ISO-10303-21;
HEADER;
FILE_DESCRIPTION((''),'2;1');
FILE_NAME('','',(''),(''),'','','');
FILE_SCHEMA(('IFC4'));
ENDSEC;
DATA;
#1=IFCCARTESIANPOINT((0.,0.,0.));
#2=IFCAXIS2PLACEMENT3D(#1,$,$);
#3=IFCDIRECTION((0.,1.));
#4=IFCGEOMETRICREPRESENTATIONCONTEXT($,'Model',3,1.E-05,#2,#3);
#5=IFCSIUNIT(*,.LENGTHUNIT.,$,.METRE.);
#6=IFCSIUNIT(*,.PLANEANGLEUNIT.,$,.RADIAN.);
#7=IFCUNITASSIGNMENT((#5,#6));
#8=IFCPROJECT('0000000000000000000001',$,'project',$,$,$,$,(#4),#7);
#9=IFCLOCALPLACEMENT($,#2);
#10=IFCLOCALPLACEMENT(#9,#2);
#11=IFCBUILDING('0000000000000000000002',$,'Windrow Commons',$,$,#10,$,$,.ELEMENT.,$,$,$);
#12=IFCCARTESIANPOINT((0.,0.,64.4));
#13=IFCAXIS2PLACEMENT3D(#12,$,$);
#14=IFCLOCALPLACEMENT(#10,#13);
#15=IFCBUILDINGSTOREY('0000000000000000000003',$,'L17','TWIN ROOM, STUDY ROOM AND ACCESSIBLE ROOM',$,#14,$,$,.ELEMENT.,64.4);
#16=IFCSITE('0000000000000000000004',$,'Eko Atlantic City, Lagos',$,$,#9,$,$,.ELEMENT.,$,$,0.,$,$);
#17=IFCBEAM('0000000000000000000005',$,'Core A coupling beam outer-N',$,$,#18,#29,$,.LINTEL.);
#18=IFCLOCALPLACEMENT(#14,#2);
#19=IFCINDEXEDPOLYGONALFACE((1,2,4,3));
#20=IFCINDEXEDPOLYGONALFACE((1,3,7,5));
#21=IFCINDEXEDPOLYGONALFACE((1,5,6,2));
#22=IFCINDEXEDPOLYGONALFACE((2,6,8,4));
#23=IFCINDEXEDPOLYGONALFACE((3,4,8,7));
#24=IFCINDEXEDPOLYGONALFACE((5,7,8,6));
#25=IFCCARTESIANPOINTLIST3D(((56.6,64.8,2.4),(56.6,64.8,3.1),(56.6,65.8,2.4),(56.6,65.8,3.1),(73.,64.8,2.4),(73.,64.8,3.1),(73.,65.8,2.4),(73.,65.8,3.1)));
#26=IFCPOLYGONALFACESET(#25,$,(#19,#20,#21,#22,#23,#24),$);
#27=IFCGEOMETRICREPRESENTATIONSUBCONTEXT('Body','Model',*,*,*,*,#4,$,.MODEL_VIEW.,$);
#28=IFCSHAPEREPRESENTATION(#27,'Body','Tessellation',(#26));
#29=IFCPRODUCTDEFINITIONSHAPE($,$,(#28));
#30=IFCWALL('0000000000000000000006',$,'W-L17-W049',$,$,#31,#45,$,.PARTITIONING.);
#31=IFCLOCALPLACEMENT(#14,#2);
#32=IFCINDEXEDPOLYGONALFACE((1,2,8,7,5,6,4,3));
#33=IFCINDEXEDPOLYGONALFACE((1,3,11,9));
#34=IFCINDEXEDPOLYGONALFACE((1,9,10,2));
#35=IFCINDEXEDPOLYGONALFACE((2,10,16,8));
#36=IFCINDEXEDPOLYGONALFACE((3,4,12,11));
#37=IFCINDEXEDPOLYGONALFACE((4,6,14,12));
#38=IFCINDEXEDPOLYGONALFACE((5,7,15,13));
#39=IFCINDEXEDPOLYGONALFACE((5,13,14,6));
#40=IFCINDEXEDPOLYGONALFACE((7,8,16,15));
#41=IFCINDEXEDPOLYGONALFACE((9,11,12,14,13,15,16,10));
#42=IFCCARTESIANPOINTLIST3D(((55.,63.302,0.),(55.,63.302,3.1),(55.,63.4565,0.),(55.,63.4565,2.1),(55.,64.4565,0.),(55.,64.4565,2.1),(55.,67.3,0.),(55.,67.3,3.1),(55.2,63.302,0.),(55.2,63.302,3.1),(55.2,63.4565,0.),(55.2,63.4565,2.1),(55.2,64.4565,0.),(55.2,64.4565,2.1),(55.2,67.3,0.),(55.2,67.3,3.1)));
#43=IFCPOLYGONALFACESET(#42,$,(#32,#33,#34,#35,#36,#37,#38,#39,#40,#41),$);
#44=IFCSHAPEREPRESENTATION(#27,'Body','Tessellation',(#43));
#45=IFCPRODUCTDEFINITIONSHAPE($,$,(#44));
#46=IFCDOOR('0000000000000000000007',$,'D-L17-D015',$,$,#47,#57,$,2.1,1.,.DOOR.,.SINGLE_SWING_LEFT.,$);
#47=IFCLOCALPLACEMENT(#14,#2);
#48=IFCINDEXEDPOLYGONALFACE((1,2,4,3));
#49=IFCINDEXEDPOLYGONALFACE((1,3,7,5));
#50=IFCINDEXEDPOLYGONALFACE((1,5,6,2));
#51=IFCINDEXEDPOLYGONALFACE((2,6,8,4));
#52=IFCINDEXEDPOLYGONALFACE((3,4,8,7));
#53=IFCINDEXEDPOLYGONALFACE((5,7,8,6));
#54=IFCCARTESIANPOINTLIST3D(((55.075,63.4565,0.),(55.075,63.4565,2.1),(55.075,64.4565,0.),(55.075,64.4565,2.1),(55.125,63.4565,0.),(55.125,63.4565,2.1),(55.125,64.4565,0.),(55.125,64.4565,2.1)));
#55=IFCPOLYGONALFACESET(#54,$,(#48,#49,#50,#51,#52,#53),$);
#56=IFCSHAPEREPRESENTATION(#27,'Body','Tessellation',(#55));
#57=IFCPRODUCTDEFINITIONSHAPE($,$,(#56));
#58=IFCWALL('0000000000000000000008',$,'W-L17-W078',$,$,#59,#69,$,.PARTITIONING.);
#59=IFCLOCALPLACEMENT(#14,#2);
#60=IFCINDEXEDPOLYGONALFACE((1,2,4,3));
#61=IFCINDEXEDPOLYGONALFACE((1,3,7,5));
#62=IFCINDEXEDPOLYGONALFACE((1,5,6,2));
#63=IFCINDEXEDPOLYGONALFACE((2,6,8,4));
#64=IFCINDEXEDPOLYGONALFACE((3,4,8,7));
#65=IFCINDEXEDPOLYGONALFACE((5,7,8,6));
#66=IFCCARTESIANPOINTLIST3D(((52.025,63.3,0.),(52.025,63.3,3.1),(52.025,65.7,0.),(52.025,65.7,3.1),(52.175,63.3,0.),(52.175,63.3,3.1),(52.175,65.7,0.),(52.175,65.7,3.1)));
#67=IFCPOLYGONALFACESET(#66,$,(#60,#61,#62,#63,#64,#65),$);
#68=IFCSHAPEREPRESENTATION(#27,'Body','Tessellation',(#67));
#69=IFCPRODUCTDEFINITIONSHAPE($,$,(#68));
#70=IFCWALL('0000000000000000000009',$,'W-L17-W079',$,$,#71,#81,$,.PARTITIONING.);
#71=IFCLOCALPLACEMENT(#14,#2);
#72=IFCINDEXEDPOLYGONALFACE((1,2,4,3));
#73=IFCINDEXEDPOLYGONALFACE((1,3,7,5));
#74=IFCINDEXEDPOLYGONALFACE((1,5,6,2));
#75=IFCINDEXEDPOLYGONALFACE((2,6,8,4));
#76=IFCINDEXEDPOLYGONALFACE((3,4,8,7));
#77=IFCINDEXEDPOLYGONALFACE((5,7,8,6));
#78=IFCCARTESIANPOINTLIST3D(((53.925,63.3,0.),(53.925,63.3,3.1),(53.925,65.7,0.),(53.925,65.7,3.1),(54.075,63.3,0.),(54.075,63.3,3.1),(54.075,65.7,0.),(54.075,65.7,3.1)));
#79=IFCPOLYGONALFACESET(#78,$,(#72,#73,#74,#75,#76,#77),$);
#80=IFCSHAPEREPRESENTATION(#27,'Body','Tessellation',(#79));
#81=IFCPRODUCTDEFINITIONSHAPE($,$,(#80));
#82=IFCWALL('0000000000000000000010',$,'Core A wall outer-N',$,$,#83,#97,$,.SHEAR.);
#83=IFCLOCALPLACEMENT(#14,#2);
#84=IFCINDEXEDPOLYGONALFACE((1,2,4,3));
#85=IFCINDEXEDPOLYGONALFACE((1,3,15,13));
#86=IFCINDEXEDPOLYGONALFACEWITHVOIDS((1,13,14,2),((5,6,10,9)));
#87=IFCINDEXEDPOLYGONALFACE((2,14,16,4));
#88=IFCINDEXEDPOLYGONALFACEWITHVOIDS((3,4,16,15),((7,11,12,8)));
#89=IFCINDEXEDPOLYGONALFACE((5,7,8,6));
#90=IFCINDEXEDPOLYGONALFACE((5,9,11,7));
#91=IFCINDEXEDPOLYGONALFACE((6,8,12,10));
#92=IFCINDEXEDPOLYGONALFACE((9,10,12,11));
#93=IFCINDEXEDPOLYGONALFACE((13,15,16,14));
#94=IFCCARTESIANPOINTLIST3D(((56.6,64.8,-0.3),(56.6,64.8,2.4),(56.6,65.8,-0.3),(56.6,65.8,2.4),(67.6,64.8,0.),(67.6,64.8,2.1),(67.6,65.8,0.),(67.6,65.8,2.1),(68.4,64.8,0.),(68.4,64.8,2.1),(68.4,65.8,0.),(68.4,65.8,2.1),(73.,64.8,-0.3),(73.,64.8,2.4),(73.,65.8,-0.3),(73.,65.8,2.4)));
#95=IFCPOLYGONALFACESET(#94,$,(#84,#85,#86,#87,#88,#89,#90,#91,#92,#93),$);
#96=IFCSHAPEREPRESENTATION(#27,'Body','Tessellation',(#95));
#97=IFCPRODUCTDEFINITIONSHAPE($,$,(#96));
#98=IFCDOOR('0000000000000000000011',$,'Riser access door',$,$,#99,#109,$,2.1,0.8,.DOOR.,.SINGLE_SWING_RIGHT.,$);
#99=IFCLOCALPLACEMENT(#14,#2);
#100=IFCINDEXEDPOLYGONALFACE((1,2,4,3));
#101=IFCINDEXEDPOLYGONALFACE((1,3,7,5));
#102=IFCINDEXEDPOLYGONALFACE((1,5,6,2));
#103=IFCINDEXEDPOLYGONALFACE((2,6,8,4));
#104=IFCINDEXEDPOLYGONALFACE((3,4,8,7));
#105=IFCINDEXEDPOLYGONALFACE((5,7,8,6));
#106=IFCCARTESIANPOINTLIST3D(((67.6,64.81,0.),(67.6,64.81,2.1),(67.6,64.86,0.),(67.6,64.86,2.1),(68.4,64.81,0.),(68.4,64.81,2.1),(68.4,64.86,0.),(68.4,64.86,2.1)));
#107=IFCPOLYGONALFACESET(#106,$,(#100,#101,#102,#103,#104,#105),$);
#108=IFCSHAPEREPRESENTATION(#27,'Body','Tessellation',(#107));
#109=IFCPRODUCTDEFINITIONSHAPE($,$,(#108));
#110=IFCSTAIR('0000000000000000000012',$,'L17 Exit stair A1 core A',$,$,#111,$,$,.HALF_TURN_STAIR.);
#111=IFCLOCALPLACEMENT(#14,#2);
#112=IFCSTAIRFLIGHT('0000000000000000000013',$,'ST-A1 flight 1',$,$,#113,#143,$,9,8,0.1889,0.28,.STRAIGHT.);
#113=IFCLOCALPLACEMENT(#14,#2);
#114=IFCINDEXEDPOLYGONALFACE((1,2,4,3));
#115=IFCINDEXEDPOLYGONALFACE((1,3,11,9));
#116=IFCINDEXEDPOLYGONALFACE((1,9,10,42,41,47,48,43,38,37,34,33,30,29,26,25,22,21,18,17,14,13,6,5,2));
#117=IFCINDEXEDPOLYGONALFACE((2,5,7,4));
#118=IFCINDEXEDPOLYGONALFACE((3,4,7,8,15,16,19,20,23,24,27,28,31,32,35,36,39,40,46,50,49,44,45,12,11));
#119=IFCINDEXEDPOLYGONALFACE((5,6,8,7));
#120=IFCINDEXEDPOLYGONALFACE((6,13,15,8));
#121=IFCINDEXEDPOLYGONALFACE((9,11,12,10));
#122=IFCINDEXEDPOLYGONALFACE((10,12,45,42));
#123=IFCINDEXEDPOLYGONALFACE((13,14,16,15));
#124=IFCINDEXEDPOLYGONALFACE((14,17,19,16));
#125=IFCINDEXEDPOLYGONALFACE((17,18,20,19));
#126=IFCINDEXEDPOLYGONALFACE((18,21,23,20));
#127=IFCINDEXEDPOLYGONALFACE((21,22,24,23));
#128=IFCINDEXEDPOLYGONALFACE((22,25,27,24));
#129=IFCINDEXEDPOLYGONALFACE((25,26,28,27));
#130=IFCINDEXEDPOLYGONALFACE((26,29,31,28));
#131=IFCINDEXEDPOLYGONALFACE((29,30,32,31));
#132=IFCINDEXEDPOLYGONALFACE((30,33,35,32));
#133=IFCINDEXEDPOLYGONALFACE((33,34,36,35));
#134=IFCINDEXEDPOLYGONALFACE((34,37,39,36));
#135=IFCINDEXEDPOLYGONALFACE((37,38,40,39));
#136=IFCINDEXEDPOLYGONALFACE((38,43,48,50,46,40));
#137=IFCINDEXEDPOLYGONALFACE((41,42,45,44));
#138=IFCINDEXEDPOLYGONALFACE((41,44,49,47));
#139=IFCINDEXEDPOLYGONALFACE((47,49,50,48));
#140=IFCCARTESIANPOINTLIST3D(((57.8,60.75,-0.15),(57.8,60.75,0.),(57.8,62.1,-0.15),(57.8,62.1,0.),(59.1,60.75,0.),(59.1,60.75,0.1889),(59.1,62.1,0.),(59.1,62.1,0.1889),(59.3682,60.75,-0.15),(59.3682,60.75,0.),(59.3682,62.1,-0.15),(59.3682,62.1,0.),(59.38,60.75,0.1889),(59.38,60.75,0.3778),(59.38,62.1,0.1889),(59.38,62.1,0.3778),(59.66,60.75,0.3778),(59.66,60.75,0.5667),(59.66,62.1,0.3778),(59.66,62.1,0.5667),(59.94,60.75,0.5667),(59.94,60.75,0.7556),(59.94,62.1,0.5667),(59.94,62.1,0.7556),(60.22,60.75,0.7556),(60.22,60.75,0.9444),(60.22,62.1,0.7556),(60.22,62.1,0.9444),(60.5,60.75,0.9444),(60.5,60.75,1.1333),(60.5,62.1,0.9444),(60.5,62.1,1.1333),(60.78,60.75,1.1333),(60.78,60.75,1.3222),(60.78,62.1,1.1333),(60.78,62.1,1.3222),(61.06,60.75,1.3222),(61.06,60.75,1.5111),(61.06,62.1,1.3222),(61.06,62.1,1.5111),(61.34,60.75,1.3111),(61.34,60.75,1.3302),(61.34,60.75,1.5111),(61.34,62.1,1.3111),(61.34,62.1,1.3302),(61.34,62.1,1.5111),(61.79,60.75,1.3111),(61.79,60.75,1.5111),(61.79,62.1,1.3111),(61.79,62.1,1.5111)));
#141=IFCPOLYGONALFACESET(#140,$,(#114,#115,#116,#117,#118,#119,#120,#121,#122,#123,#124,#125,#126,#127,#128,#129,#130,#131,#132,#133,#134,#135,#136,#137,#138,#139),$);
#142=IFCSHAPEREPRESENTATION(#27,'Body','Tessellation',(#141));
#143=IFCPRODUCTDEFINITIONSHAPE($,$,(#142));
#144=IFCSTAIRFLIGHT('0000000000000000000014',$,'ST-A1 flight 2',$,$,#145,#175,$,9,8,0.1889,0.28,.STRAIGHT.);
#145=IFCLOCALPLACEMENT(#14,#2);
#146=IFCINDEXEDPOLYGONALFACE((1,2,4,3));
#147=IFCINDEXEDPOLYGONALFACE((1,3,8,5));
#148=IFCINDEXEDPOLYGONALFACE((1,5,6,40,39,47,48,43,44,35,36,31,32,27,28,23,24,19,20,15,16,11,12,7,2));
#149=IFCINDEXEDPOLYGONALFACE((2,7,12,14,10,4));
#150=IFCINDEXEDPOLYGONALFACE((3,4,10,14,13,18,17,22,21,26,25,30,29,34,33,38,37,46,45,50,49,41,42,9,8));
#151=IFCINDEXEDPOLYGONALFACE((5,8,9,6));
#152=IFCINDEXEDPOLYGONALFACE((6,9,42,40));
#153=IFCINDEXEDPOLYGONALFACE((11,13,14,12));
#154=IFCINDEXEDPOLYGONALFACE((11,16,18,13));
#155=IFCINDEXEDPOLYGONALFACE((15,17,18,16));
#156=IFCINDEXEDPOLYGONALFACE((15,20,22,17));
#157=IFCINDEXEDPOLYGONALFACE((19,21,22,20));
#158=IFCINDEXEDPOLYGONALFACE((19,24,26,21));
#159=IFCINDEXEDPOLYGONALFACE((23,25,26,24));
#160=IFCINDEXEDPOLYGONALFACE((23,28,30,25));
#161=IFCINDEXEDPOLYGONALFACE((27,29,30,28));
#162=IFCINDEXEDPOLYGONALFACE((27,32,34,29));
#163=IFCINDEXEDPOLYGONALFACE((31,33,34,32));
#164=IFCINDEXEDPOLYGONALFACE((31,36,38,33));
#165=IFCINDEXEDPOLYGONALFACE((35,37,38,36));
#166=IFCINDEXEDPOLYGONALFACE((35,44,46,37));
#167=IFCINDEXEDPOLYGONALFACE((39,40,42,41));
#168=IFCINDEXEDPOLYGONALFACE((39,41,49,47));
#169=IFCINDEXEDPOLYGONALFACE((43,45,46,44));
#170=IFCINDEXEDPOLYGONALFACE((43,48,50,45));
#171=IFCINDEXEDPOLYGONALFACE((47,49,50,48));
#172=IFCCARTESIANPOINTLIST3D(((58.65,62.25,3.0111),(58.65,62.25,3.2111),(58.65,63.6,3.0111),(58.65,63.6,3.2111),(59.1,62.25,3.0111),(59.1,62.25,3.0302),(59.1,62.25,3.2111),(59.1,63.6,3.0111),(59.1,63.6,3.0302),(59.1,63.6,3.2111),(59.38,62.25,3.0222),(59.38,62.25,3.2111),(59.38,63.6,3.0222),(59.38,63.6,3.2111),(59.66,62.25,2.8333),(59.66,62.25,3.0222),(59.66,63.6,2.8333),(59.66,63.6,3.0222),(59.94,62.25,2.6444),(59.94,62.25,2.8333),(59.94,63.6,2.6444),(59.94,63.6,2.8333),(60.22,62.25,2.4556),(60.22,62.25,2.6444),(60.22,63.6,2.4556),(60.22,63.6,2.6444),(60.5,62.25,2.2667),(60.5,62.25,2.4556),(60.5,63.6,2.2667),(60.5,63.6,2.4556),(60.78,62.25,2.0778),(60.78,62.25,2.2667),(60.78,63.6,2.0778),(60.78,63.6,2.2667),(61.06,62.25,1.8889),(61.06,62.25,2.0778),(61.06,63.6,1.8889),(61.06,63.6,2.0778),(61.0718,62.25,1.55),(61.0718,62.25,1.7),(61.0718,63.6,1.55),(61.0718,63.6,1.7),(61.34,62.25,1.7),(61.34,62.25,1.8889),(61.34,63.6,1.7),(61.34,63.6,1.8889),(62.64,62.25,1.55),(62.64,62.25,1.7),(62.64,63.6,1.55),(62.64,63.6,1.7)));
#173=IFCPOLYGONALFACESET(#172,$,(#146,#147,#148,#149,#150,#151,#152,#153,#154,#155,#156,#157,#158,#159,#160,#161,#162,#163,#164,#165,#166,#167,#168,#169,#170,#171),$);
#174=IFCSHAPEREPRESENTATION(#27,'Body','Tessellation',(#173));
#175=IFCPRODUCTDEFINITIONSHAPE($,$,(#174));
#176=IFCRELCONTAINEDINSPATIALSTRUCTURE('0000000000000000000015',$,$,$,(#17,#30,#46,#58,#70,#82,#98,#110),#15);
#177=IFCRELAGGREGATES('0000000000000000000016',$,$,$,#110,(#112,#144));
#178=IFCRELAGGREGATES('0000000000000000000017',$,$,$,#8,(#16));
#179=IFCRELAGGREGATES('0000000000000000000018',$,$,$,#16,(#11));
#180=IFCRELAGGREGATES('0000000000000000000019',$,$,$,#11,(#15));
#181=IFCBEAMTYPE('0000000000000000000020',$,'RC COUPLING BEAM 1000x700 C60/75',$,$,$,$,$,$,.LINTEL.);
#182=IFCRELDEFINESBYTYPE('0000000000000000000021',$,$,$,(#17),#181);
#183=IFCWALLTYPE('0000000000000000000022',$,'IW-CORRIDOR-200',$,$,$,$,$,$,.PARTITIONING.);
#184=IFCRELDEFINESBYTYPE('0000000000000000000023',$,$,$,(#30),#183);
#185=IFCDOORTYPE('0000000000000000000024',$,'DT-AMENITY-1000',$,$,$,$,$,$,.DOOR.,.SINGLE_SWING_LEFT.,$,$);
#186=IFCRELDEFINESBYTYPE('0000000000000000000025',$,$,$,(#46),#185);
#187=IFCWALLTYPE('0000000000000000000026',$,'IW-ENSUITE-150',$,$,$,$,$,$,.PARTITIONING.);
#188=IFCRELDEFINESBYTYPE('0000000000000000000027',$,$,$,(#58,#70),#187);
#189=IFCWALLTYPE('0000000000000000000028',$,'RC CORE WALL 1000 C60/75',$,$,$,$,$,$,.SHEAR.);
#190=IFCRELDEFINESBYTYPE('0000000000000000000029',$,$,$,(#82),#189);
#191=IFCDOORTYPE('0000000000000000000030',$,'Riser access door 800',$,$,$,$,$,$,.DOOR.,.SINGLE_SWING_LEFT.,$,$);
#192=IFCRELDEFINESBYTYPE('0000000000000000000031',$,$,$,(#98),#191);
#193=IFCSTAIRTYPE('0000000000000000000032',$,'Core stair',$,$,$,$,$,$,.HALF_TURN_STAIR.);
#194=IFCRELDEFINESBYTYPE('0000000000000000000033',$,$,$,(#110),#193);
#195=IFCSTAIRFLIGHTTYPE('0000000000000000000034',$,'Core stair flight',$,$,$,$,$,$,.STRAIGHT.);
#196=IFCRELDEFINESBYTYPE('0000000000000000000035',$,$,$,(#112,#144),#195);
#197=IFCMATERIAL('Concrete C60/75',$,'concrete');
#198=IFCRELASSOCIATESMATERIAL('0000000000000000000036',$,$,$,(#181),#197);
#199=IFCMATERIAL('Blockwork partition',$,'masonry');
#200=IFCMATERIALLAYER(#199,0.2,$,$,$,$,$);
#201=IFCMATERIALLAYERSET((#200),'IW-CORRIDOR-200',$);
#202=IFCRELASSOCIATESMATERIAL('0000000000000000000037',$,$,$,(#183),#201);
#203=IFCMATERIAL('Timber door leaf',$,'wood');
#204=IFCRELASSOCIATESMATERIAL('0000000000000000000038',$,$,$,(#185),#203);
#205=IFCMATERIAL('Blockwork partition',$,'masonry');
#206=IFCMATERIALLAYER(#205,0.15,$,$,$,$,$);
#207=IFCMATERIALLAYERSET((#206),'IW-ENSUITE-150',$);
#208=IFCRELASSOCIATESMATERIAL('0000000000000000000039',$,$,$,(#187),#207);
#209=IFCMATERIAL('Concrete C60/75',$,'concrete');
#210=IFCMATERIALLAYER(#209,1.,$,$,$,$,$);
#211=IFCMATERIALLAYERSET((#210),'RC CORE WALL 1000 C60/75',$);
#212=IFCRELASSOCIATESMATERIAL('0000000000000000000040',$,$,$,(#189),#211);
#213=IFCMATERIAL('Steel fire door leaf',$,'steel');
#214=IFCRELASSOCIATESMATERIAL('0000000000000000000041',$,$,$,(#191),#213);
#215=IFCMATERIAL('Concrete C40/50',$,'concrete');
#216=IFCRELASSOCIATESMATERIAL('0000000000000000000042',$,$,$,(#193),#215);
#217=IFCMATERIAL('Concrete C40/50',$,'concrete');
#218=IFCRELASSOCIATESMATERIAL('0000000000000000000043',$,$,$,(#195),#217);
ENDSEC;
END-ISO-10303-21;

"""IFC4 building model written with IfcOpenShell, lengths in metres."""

from ifc_helpers import new_model, si_unit, direction, frame, frame_2d, origin, origin_2d, place, context, subcontext, project, spatial, polyline, rectangle, outline, extrude, material, layer, layer_set, material_profile, profile_set, type_object, element, fill, aggregate, save


model = new_model("IFC4")

# Units and contexts
model_context = context("Model", 3, precision=1e-05, world=origin(), true_north=direction((0.0, 1.0)))
body_context = subcontext(model_context, "Body", "Model", "MODEL_VIEW")
ifc_project = project(units=[si_unit("LENGTHUNIT", "METRE"), si_unit("PLANEANGLEUNIT", "RADIAN")], contexts=[model_context])

# Site, building, storey
site_placement = place(None, origin())
site = spatial("IfcSite", under=ifc_project, at=site_placement, Name="Eko Atlantic City, Lagos", CompositionType="ELEMENT", RefElevation=0.0)
building_placement = place(site_placement, origin())
building = spatial("IfcBuilding", under=site, at=building_placement, Name="Windrow Commons", CompositionType="ELEMENT")
storey_placement = place(building_placement, frame((0.0, 0.0, 64.4)))
storey = spatial("IfcBuildingStorey", under=building, at=storey_placement, Name="L17", Description="TWIN ROOM, STUDY ROOM AND ACCESSIBLE ROOM", CompositionType="ELEMENT", Elevation=64.4)

# Beam
ifc_material_1 = material(Name="Concrete C60/75", Category="concrete")
ifc_material_profile = material_profile(ifc_material_1, rectangle(XDim=1.0, YDim=0.7, at=origin_2d()))
ifc_profile_set = profile_set([ifc_material_profile], Name="Concrete C60/75")
beam_type = type_object("IfcBeamType", Name="RC COUPLING BEAM 1000x700 C60/75", PredefinedType="LINTEL", material=ifc_profile_set)
beam_placement = place(storey_placement, frame((56.6, 65.3, 2.75), z_axis=(1.0, 0.0, 0.0), x_axis=(0.0, 1.0, 0.0)))
element("IfcBeam", 1, at=beam_placement, inside=storey, type_object=beam_type, Name="Core A coupling beam outer-N", PredefinedType="LINTEL", context=body_context, shape_type="SweptSolid", body=[
    extrude(rectangle(XDim=1.0, YDim=0.7, at=origin_2d()), origin(), (0.0, 0.0, 1.0), 16.4),
])

# Wall, opening, door
ifc_material_2 = material(Name="Blockwork partition", Category="masonry")
ifc_layer_1 = layer(ifc_material_2, 0.2)
ifc_layer_set_1 = layer_set([ifc_layer_1], Name="IW-CORRIDOR-200")
wall_type_1 = type_object("IfcWallType", Name="IW-CORRIDOR-200", PredefinedType="PARTITIONING", material=ifc_layer_set_1)
wall_1_placement = place(storey_placement, frame((55.1, 63.302, 0.0), z_axis=(0.0, 0.0, 1.0), x_axis=(0.0, 1.0, 0.0)))
wall_1 = element("IfcWall", 2, at=wall_1_placement, inside=storey, type_object=wall_type_1, Name="W-L17-W049", PredefinedType="PARTITIONING", context=body_context, shape_type="SweptSolid", body=[
    extrude(rectangle(XDim=3.998, YDim=0.2, at=frame_2d((1.999, 0.0))), origin(), (0.0, 0.0, 1.0), 3.1),
])
opening_1_placement = place(wall_1_placement, frame((0.1545, 0.0, 0.0)))
opening_1 = element("IfcOpeningElement", 3, at=opening_1_placement, cuts=wall_1, PredefinedType="OPENING", context=body_context, shape_type="SweptSolid", body=[
    extrude(rectangle(XDim=1.0, YDim=2.1, at=frame_2d((0.5, 1.05))), frame((0.0, 0.11, 0.0), z_axis=(0.0, -1.0, 0.0), x_axis=(1.0, 0.0, 0.0)), (0.0, 0.0, 1.0), 0.22),
])
ifc_material_3 = material(Name="Timber door leaf", Category="wood")
door_type_1 = type_object("IfcDoorType", Name="DT-AMENITY-1000", OperationType="SINGLE_SWING_LEFT", PredefinedType="DOOR", material=ifc_material_3)
door_1_placement = place(opening_1_placement, origin())
door_1 = element("IfcDoor", 4, at=door_1_placement, inside=storey, type_object=door_type_1, Name="D-L17-D015", OperationType="SINGLE_SWING_LEFT", OverallHeight=2.1, OverallWidth=1.0, PredefinedType="DOOR", context=body_context, shape_type="SweptSolid", body=[
    extrude(rectangle(XDim=1.0, YDim=2.1, at=frame_2d((0.5, 1.05))), frame((0.0, 0.025, 0.0), z_axis=(0.0, -1.0, 0.0), x_axis=(1.0, 0.0, 0.0)), (0.0, 0.0, 1.0), 0.05),
])
fill(opening_1, door_1)

# Walls
ifc_material_4 = material(Name="Blockwork partition", Category="masonry")
ifc_layer_2 = layer(ifc_material_4, 0.15)
ifc_layer_set_2 = layer_set([ifc_layer_2], Name="IW-ENSUITE-150")
wall_type_2 = type_object("IfcWallType", Name="IW-ENSUITE-150", PredefinedType="PARTITIONING", material=ifc_layer_set_2)
for number, where, z_axis, x_axis, name in (
    (5, (52.1, 63.3, 0.0), (0.0, 0.0, 1.0), (0.0, 1.0, 0.0), "W-L17-W078"),
    (6, (54.0, 63.3, 0.0), (0.0, 0.0, 1.0), (0.0, 1.0, 0.0), "W-L17-W079"),
):
    element("IfcWall", number, at=place(storey_placement, frame(where, z_axis=z_axis, x_axis=x_axis)), inside=storey, type_object=wall_type_2, Name=name, PredefinedType="PARTITIONING", context=body_context, shape_type="SweptSolid", body=[
        extrude(rectangle(XDim=2.4, YDim=0.15, at=frame_2d((1.2, 0.0))), origin(), (0.0, 0.0, 1.0), 3.1),
    ])

# Wall, opening, door
ifc_material_5 = material(Name="Concrete C60/75", Category="concrete")
ifc_layer_3 = layer(ifc_material_5, 1.0)
ifc_layer_set_3 = layer_set([ifc_layer_3], Name="RC CORE WALL 1000 C60/75")
wall_type_3 = type_object("IfcWallType", Name="RC CORE WALL 1000 C60/75", PredefinedType="SHEAR", material=ifc_layer_set_3)
wall_2_placement = place(storey_placement, frame((56.6, 65.3, -0.3), z_axis=(0.0, 0.0, 1.0), x_axis=(1.0, 0.0, 0.0)))
wall_2 = element("IfcWall", 7, at=wall_2_placement, inside=storey, type_object=wall_type_3, Name="Core A wall outer-N", PredefinedType="SHEAR", context=body_context, shape_type="SweptSolid", body=[
    extrude(rectangle(XDim=16.4, YDim=1.0, at=frame_2d((8.2, 0.0))), origin(), (0.0, 0.0, 1.0), 2.7),
])
opening_2_placement = place(wall_2_placement, frame((11.0, 0.0, 0.3)))
opening_2 = element("IfcOpeningElement", 8, at=opening_2_placement, cuts=wall_2, PredefinedType="OPENING", context=body_context, shape_type="SweptSolid", body=[
    extrude(rectangle(XDim=0.8, YDim=2.1, at=frame_2d((0.4, 1.05))), frame((0.0, 0.51, 0.0), z_axis=(0.0, -1.0, 0.0), x_axis=(1.0, 0.0, 0.0)), (0.0, 0.0, 1.0), 1.02),
])
ifc_material_6 = material(Name="Steel fire door leaf", Category="steel")
door_type_2 = type_object("IfcDoorType", Name="Riser access door 800", OperationType="SINGLE_SWING_LEFT", PredefinedType="DOOR", material=ifc_material_6)
door_2_placement = place(opening_2_placement, origin())
door_2 = element("IfcDoor", 9, at=door_2_placement, inside=storey, type_object=door_type_2, Name="Riser access door", OperationType="SINGLE_SWING_RIGHT", OverallHeight=2.1, OverallWidth=0.8, PredefinedType="DOOR", context=body_context, shape_type="SweptSolid", body=[
    extrude(rectangle(XDim=0.8, YDim=2.1, at=frame_2d((0.4, 1.05))), frame((0.0, -0.44, 0.0), z_axis=(0.0, -1.0, 0.0), x_axis=(1.0, 0.0, 0.0)), (0.0, 0.0, 1.0), 0.05),
])
fill(opening_2, door_2)

# Stair, stair flights
ifc_material_7 = material(Name="Concrete C40/50", Category="concrete")
stair_type = type_object("IfcStairType", Name="Core stair", PredefinedType="HALF_TURN_STAIR", material=ifc_material_7)
stair_placement = place(storey_placement, origin())
stair = element("IfcStair", 10, at=stair_placement, inside=storey, type_object=stair_type, Name="L17 Exit stair A1 core A", PredefinedType="HALF_TURN_STAIR")
ifc_material_8 = material(Name="Concrete C40/50", Category="concrete")
stair_flight_type = type_object("IfcStairFlightType", Name="Core stair flight", PredefinedType="STRAIGHT", material=ifc_material_8)
stair_flight_1_placement = place(storey_placement, frame((59.1, 61.425, 0.0), z_axis=(0.0, 0.0, 1.0), x_axis=(1.0, 0.0, 0.0)))
stair_flight_1 = element("IfcStairFlight", 11, at=stair_flight_1_placement, type_object=stair_flight_type, Name="ST-A1 flight 1", NumberOfRisers=9, NumberOfTreads=8, PredefinedType="STRAIGHT", RiserHeight=0.1889, TreadLength=0.28, context=body_context, shape_type="SweptSolid", body=[
    extrude(outline(polyline([(-1.3, -0.15), (-1.3, 0.0), (0.0, 0.0), (0.0, 0.1889), (0.28, 0.1889), (0.28, 0.3778), (0.56, 0.3778), (0.56, 0.5667), (0.84, 0.5667), (0.84, 0.7556), (1.12, 0.7556), (1.12, 0.9444), (1.4, 0.9444), (1.4, 1.1333), (1.68, 1.1333), (1.68, 1.3222), (1.96, 1.3222), (1.96, 1.5111), (2.24, 1.5111), (2.69, 1.5111), (2.69, 1.3111), (2.24, 1.3111), (2.24, 1.3302), (0.2682, 0.0), (0.2682, -0.15), (-1.3, -0.15)])), frame((0.0, 0.675, 0.0), z_axis=(0.0, -1.0, 0.0), x_axis=(1.0, 0.0, 0.0)), (0.0, 0.0, 1.0), 1.35),
])
stair_flight_2_placement = place(storey_placement, frame((61.34, 62.925, 1.7), z_axis=(0.0, 0.0, 1.0), x_axis=(-1.0, 0.0, 0.0)))
stair_flight_2 = element("IfcStairFlight", 12, at=stair_flight_2_placement, type_object=stair_flight_type, Name="ST-A1 flight 2", NumberOfRisers=9, NumberOfTreads=8, PredefinedType="STRAIGHT", RiserHeight=0.1889, TreadLength=0.28, context=body_context, shape_type="SweptSolid", body=[
    extrude(outline(polyline([(-1.3, -0.15), (-1.3, 0.0), (0.0, 0.0), (0.0, 0.1889), (0.28, 0.1889), (0.28, 0.3778), (0.56, 0.3778), (0.56, 0.5667), (0.84, 0.5667), (0.84, 0.7556), (1.12, 0.7556), (1.12, 0.9444), (1.4, 0.9444), (1.4, 1.1333), (1.68, 1.1333), (1.68, 1.3222), (1.96, 1.3222), (1.96, 1.5111), (2.24, 1.5111), (2.69, 1.5111), (2.69, 1.3111), (2.24, 1.3111), (2.24, 1.3302), (0.2682, 0.0), (0.2682, -0.15), (-1.3, -0.15)])), frame((0.0, 0.675, 0.0), z_axis=(0.0, -1.0, 0.0), x_axis=(1.0, 0.0, 0.0)), (0.0, 0.0, 1.0), 1.35),
])
aggregate(stair, [stair_flight_1, stair_flight_2])

save(model, "model.ifc")
